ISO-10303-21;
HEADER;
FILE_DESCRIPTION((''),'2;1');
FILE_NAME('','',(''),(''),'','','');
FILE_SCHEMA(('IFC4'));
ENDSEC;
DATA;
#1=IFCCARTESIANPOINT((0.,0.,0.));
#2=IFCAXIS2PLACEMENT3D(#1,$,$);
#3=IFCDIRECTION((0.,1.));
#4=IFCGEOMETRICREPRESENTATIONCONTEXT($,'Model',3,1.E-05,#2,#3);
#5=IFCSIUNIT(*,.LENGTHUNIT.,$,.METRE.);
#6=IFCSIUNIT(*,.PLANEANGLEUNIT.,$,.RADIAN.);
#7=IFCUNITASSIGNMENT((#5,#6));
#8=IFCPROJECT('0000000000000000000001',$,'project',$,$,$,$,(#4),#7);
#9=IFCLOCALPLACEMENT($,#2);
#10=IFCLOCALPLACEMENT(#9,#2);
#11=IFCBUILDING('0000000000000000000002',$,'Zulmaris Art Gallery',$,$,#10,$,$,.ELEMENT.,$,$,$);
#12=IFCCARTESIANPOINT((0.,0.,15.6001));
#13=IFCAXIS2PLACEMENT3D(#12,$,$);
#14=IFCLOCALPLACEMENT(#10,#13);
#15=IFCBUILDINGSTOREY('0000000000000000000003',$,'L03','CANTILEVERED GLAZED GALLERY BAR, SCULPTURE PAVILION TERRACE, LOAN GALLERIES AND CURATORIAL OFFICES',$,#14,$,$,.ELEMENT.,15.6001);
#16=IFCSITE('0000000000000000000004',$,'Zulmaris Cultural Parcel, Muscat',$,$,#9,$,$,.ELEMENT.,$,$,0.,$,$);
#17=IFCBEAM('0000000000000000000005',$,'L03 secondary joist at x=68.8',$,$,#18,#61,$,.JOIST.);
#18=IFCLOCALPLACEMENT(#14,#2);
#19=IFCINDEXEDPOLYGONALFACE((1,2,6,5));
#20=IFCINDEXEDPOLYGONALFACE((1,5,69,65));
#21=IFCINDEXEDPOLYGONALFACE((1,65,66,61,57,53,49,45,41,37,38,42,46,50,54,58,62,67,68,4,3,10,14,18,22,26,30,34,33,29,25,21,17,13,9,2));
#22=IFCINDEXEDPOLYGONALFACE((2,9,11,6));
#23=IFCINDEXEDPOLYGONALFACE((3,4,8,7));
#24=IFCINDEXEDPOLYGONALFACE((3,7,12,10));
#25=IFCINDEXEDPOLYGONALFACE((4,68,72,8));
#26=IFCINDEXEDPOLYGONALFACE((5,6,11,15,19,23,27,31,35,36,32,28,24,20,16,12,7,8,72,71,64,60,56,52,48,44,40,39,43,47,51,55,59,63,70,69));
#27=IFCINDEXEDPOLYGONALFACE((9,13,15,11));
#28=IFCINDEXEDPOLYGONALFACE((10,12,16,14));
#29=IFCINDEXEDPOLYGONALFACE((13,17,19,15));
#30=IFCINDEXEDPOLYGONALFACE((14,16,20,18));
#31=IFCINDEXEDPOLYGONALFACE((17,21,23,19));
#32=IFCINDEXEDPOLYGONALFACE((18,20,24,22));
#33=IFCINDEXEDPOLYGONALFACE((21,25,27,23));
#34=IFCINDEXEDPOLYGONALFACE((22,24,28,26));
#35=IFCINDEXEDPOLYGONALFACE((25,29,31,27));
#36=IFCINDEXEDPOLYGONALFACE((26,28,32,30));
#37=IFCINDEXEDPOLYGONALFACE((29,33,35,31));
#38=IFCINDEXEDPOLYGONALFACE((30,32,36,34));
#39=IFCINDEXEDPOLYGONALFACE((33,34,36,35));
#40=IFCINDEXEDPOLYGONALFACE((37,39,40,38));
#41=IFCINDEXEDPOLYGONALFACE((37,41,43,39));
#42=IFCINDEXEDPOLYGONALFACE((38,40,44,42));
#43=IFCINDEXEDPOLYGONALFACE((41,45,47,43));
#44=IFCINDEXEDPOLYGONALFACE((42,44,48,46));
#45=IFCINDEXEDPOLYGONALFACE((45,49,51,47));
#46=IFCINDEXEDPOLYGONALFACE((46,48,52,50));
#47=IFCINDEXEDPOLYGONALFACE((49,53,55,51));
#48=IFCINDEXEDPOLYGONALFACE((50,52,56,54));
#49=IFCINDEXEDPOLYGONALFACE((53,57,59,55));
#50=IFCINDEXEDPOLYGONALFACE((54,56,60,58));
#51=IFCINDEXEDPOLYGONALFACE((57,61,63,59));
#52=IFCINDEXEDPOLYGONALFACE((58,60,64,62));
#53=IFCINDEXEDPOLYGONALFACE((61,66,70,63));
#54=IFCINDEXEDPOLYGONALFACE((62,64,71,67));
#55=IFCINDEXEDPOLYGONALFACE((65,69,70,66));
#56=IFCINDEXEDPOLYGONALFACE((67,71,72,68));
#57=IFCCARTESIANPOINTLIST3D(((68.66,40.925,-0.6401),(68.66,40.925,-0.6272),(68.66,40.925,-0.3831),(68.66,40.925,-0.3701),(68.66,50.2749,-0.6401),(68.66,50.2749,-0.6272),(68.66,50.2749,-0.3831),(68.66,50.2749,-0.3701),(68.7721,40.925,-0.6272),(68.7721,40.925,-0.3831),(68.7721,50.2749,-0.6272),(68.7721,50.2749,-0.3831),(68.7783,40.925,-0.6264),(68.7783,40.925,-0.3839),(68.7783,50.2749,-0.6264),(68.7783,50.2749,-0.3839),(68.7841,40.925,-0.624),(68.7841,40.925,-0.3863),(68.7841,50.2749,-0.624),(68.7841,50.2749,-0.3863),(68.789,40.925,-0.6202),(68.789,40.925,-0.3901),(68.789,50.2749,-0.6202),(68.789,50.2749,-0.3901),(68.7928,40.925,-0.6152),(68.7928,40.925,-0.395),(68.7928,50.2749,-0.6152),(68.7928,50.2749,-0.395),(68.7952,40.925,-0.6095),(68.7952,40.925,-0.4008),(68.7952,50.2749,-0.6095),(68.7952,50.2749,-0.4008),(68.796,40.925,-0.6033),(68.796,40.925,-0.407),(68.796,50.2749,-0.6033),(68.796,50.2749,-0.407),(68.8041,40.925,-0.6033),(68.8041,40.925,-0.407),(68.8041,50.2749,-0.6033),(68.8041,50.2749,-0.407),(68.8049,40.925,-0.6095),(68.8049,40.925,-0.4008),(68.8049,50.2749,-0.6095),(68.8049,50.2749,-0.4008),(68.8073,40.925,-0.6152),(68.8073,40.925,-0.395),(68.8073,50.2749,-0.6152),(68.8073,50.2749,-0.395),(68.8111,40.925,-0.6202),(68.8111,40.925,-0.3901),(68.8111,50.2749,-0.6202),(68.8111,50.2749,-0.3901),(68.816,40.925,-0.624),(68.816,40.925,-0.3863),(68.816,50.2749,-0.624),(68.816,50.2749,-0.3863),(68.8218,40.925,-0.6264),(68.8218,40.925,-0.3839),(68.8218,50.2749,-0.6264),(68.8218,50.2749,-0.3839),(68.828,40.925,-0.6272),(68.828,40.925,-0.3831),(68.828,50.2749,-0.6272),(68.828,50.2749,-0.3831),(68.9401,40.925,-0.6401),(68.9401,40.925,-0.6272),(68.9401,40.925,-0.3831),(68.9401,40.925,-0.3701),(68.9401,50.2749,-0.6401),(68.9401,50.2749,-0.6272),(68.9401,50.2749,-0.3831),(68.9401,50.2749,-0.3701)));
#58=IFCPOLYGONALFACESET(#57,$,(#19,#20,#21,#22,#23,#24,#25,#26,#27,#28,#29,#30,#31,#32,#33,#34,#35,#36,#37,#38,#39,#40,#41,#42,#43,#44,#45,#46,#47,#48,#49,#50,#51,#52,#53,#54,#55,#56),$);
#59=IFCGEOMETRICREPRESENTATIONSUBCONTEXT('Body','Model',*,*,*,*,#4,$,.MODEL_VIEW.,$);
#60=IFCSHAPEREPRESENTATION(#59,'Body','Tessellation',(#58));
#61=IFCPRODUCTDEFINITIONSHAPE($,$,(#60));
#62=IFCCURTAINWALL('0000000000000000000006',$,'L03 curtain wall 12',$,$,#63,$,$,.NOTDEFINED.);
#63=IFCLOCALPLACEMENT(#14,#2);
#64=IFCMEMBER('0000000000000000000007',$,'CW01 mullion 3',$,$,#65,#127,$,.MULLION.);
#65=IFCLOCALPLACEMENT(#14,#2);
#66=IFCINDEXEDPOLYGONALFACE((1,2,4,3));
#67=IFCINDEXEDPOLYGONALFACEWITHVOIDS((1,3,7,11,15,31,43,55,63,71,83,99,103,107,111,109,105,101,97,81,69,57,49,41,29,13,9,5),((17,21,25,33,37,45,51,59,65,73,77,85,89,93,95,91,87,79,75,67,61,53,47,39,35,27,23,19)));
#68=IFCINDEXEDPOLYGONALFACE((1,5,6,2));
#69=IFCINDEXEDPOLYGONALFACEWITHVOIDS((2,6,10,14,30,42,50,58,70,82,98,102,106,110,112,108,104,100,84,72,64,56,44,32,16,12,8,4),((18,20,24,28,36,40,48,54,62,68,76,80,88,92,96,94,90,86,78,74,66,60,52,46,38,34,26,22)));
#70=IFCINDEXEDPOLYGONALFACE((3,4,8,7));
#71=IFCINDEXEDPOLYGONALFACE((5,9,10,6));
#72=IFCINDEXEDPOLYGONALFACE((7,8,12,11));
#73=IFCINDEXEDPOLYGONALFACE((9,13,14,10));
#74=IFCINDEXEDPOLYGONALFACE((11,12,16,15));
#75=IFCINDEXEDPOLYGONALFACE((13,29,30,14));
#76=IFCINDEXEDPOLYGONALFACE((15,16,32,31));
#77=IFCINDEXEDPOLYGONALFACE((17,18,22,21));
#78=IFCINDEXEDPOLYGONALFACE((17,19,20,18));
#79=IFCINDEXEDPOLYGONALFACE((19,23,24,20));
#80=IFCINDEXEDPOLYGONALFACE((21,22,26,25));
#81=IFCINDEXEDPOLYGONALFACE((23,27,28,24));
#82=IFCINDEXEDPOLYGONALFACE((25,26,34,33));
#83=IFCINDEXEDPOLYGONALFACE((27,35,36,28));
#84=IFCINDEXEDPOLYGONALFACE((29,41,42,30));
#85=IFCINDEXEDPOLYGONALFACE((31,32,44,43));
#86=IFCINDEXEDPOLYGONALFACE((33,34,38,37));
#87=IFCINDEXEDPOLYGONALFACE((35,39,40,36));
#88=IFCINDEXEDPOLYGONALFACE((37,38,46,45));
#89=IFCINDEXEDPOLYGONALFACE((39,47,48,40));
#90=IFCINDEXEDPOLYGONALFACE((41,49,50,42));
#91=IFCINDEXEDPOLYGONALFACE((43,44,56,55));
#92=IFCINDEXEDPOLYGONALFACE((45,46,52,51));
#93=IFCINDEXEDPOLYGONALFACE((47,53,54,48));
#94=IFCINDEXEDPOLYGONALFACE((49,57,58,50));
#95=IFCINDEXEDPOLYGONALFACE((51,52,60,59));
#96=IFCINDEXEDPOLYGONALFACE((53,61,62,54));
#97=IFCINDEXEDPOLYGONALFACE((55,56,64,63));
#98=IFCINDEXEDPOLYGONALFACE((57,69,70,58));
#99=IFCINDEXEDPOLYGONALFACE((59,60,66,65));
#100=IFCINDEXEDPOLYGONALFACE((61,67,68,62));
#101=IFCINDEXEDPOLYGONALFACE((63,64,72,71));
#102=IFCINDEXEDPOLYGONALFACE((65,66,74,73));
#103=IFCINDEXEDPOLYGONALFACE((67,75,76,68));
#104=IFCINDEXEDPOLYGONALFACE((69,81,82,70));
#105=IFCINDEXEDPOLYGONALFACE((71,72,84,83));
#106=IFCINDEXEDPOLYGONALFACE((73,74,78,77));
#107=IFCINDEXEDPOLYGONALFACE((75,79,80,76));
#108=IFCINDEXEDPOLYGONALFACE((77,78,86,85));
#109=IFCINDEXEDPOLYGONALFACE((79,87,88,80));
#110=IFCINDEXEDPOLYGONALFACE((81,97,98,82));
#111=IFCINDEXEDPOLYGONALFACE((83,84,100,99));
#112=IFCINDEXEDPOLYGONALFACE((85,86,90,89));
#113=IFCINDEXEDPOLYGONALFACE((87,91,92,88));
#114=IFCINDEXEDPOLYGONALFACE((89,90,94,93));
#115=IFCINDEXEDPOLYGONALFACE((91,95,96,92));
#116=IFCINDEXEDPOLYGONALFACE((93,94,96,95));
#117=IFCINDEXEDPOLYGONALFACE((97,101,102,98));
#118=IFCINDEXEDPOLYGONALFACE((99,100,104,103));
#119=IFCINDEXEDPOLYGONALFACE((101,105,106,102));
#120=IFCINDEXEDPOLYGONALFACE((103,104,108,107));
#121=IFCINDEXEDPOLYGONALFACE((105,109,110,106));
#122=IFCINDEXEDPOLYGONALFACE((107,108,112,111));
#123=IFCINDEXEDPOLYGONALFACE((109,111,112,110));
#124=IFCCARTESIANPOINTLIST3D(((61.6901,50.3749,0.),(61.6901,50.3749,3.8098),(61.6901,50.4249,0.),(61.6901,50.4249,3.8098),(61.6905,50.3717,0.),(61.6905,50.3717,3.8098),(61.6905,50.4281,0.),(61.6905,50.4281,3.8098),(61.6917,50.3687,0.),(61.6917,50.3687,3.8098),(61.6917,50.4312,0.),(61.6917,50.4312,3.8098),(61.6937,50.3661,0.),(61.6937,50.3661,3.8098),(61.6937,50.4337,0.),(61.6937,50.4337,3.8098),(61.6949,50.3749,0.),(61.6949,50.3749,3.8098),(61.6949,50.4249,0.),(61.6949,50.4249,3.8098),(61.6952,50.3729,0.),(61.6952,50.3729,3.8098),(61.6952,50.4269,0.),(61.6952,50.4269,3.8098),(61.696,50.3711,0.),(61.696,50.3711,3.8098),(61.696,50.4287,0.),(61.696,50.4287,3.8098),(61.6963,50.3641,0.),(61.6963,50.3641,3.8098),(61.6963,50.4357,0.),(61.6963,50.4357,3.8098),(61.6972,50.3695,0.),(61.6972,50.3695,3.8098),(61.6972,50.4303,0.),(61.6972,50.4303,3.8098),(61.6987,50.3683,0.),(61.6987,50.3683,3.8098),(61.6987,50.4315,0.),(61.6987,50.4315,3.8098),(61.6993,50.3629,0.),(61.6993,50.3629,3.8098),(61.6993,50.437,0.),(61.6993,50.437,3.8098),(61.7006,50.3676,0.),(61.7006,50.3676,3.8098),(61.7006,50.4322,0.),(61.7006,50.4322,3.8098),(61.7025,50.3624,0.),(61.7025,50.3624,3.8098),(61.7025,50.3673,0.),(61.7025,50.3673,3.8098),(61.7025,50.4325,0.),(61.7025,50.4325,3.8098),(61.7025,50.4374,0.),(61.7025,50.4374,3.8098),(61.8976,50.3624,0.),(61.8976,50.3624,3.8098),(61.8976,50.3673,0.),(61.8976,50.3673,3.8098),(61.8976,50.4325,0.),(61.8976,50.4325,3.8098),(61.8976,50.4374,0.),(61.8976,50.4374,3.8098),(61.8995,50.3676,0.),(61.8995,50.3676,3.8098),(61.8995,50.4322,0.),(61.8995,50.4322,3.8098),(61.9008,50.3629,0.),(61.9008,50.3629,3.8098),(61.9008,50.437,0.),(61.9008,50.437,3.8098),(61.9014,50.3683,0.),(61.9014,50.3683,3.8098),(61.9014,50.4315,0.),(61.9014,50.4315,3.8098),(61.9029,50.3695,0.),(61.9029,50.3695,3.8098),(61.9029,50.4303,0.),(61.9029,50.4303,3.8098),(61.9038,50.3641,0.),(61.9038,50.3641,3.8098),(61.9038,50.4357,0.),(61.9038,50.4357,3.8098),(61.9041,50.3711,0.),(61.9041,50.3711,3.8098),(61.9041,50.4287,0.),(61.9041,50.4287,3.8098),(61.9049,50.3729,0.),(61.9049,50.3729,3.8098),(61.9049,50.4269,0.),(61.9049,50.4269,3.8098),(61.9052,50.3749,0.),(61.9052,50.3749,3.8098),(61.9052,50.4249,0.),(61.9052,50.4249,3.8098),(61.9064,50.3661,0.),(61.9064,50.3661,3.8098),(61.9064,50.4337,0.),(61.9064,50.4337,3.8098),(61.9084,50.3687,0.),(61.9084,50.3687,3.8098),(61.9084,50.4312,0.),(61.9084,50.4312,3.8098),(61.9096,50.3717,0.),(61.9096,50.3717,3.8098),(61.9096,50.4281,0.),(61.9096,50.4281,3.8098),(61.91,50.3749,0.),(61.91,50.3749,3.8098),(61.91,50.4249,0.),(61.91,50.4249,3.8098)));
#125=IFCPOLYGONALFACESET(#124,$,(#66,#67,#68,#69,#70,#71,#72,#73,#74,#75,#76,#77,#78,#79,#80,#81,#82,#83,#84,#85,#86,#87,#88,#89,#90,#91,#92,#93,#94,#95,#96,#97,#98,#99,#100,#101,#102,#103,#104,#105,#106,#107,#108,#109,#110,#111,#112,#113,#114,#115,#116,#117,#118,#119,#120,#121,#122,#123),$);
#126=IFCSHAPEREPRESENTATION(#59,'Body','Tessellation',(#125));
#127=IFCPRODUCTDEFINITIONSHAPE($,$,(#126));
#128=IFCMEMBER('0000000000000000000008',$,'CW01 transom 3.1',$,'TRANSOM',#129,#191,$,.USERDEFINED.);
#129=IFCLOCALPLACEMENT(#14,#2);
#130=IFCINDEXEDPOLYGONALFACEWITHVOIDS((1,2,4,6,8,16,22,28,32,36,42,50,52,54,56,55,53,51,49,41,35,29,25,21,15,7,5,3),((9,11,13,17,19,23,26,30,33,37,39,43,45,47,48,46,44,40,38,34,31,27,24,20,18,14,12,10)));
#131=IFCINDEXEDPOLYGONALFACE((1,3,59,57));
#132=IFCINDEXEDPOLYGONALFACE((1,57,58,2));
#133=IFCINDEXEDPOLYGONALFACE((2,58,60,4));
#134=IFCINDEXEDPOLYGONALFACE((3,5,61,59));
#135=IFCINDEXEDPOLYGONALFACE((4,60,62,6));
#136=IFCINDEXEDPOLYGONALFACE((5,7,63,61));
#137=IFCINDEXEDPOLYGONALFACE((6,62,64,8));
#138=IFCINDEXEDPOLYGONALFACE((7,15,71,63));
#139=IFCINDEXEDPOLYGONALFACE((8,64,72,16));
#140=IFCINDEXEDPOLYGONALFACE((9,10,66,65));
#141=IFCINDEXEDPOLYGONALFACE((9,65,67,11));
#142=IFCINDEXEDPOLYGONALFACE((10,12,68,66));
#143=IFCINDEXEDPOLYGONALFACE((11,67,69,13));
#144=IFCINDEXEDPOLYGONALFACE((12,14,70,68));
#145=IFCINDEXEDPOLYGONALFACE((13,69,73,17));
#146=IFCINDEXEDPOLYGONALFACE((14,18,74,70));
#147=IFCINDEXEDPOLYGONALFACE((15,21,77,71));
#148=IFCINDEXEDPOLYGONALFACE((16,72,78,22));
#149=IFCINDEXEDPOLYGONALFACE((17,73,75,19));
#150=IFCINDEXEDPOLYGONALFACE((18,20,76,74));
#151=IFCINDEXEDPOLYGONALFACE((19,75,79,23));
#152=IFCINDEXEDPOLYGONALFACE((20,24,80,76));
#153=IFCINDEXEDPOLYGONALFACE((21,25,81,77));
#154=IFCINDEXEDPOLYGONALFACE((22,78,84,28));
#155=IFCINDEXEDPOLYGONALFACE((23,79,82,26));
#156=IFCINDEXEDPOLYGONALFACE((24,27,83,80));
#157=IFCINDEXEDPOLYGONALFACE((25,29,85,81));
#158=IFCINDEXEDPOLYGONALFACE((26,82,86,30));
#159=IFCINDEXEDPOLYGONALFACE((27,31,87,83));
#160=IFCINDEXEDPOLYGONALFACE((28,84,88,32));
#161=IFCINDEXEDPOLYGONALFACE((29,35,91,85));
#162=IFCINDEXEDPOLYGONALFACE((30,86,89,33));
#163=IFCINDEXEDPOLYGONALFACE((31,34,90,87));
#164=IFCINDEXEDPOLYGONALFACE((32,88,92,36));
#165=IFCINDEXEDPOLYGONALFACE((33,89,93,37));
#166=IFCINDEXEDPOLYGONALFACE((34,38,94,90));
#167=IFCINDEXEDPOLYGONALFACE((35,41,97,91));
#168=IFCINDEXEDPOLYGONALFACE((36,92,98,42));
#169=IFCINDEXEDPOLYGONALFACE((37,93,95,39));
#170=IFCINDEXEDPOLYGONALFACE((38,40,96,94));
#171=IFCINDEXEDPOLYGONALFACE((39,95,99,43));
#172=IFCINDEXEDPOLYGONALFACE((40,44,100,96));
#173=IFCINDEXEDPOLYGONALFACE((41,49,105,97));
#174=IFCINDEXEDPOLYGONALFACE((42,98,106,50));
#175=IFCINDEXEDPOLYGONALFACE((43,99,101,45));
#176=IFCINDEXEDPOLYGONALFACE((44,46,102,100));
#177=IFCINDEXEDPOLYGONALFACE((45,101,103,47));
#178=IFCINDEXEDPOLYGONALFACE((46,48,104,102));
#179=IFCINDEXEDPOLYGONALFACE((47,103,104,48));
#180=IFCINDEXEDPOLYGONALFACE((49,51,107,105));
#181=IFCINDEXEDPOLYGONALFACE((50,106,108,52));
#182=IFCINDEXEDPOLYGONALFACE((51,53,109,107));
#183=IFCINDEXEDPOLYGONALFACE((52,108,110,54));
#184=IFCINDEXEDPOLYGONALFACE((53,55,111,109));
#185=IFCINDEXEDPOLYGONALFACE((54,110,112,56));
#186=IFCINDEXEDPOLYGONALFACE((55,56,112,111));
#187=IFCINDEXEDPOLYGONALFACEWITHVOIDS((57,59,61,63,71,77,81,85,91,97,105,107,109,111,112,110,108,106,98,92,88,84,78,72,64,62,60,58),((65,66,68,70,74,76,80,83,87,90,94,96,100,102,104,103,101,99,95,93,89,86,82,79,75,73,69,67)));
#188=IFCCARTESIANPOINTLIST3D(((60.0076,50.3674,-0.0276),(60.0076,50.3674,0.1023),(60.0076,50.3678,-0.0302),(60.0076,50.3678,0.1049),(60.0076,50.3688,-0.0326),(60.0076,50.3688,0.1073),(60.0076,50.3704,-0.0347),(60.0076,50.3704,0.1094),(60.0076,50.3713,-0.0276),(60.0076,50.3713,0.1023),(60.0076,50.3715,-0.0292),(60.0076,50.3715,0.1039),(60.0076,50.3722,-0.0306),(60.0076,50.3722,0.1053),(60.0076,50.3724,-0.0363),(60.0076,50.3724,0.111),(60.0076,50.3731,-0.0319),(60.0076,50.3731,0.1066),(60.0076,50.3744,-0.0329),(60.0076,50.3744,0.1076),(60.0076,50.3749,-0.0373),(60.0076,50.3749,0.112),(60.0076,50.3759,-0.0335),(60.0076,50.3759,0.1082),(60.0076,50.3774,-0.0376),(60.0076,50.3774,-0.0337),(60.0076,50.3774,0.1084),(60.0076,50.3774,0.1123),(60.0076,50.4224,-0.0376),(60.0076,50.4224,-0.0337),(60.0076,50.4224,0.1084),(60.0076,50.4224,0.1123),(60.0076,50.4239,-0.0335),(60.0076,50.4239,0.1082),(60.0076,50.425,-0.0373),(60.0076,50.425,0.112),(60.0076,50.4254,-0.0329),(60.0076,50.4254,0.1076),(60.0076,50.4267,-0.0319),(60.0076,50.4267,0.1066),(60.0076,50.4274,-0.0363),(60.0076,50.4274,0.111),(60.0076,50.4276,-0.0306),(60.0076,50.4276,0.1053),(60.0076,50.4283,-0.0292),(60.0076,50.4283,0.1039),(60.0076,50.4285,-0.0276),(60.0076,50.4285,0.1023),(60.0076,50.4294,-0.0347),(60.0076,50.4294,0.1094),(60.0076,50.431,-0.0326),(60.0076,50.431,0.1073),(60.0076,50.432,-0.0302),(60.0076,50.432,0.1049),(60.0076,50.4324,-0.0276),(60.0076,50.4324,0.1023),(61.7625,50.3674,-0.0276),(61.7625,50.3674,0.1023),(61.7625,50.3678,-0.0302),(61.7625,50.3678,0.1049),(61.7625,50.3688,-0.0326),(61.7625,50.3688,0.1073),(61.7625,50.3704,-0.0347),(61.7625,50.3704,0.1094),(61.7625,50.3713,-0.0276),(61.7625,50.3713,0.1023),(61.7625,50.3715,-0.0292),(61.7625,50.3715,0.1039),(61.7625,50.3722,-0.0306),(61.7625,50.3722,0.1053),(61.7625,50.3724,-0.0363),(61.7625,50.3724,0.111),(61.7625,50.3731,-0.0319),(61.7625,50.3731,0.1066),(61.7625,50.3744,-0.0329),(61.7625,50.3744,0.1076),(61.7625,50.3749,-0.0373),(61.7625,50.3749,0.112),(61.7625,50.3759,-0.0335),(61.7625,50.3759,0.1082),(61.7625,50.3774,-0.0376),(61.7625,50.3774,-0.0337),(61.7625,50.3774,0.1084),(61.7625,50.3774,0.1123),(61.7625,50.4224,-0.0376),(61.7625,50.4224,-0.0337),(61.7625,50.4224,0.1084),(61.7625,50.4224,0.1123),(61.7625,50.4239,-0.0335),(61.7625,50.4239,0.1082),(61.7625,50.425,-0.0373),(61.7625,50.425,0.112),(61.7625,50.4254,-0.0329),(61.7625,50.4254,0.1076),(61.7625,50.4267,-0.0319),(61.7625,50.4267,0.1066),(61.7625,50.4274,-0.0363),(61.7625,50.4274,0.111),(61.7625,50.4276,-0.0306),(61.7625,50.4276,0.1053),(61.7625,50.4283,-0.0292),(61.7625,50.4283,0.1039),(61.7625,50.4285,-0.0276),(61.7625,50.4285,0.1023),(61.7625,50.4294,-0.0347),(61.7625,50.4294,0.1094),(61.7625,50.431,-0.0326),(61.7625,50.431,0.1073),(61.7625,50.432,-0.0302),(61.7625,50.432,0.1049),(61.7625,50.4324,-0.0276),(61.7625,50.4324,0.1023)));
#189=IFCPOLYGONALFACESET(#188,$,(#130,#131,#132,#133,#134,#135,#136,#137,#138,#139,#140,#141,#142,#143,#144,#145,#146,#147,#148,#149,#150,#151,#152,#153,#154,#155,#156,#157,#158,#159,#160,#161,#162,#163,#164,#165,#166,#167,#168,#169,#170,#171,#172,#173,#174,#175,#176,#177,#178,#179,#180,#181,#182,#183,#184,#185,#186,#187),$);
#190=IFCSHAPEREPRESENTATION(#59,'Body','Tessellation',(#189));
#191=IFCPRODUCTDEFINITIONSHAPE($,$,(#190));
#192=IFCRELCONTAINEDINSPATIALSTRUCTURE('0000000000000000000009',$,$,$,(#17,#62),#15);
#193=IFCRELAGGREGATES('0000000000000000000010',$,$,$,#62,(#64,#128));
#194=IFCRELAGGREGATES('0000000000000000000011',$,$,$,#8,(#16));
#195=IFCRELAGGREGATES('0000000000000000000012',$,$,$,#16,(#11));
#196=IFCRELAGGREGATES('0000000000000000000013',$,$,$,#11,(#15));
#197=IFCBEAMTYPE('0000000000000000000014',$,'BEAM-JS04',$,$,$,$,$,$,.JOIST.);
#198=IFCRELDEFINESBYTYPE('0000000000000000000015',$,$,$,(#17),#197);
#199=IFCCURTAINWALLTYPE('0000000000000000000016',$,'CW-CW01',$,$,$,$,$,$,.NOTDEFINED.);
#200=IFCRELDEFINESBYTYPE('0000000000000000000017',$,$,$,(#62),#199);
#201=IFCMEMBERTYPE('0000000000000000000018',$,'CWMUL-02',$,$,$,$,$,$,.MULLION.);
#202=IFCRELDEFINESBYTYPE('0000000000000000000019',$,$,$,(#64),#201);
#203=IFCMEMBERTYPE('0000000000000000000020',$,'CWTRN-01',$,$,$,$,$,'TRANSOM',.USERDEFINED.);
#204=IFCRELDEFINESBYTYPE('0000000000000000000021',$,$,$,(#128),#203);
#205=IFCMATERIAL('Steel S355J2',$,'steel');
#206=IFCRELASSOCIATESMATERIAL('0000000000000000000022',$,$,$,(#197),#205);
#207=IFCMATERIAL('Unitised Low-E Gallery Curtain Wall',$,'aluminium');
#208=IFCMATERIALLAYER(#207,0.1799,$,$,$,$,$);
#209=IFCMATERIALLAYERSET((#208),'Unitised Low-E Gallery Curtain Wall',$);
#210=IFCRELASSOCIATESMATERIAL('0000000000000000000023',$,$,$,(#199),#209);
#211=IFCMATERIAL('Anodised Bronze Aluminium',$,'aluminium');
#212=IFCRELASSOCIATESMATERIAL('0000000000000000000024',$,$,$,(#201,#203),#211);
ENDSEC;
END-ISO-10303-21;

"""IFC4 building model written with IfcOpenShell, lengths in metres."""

from ifc_helpers import new_model, si_unit, direction, frame, origin, origin_2d, place, context, subcontext, project, spatial, hollow_rectangle, i_section, extrude, material, layer, layer_set, material_profile, profile_set, type_object, element, aggregate, save


model = new_model("IFC4")

# Units and contexts
model_context = context("Model", 3, precision=1e-05, world=origin(), true_north=direction((0.0, 1.0)))
body_context = subcontext(model_context, "Body", "Model", "MODEL_VIEW")
ifc_project = project(units=[si_unit("LENGTHUNIT", "METRE"), si_unit("PLANEANGLEUNIT", "RADIAN")], contexts=[model_context])

# Site, building, storey
site_placement = place(None, origin())
site = spatial("IfcSite", under=ifc_project, at=site_placement, Name="Zulmaris Cultural Parcel, Muscat", CompositionType="ELEMENT", RefElevation=0.0)
building_placement = place(site_placement, origin())
building = spatial("IfcBuilding", under=site, at=building_placement, Name="Zulmaris Art Gallery", CompositionType="ELEMENT")
storey_placement = place(building_placement, frame((0.0, 0.0, 15.6001)))
storey = spatial("IfcBuildingStorey", under=building, at=storey_placement, Name="L03", Description="CANTILEVERED GLAZED GALLERY BAR, SCULPTURE PAVILION TERRACE, LOAN GALLERIES AND CURATORIAL OFFICES", CompositionType="ELEMENT", Elevation=15.6001)

# Beam
ifc_material_1 = material(Name="Steel S355J2", Category="steel")
ifc_material_profile_1 = material_profile(ifc_material_1, i_section(OverallWidth=0.28, OverallDepth=0.27, WebThickness=0.0081, FlangeThickness=0.0129, FilletRadius=0.0239, at=origin_2d()), Name="HEA 280")
ifc_profile_set_1 = profile_set([ifc_material_profile_1], Name="Steel S355J2")
beam_type_1 = type_object("IfcBeamType", Name="BEAM-JS04", PredefinedType="JOIST", material=ifc_profile_set_1)
for number, where, z_axis, x_axis, name in (
    (1, (68.8, 40.925, -0.5051), (0.0, 1.0, 0.0), (-1.0, 0.0, 0.0), "L03 secondary joist at x=68.8"),
):
    element("IfcBeam", number, at=place(storey_placement, frame(where, z_axis=z_axis, x_axis=x_axis)), inside=storey, type_object=beam_type_1, Name=name, PredefinedType="JOIST", context=body_context, shape_type="SweptSolid", body=[
        extrude(i_section(OverallWidth=0.28, OverallDepth=0.27, WebThickness=0.0081, FlangeThickness=0.0129, FilletRadius=0.0239, at=origin_2d()), origin(), (0.0, 0.0, 1.0), 9.3499),
    ])

# Curtain wall, members
ifc_material_2 = material(Name="Unitised Low-E Gallery Curtain Wall", Category="aluminium")
ifc_layer_1 = layer(ifc_material_2, 0.1799)
ifc_layer_set_1 = layer_set([ifc_layer_1], Name="Unitised Low-E Gallery Curtain Wall")
curtain_wall_type = type_object("IfcCurtainWallType", Name="CW-CW01", PredefinedType="NOTDEFINED", material=ifc_layer_set_1)
curtain_wall_placement = place(storey_placement, origin())
curtain_wall = element("IfcCurtainWall", 2, at=curtain_wall_placement, inside=storey, type_object=curtain_wall_type, Name="L03 curtain wall 12", PredefinedType="NOTDEFINED")
ifc_material_3 = material(Name="Anodised Bronze Aluminium", Category="aluminium")
ifc_material_profile_2 = material_profile(ifc_material_3, hollow_rectangle(XDim=0.075, YDim=0.22, WallThickness=0.0049, InnerFilletRadius=0.0076, OuterFilletRadius=0.0125, at=origin_2d()), Name="ALU 75x220x5")
ifc_profile_set_2 = profile_set([ifc_material_profile_2], Name="Anodised Bronze Aluminium")
member_type_1 = type_object("IfcMemberType", Name="CWMUL-02", PredefinedType="MULLION", material=ifc_profile_set_2)
member_1_placement = place(storey_placement, frame((61.8, 50.3999, 0.0), z_axis=(0.0, 0.0, 1.0), x_axis=(0.0, -1.0, 0.0)))
member_1 = element("IfcMember", 3, at=member_1_placement, type_object=member_type_1, Name="CW01 mullion 3", PredefinedType="MULLION", context=body_context, shape_type="SweptSolid", body=[
    extrude(hollow_rectangle(XDim=0.075, YDim=0.22, WallThickness=0.0049, InnerFilletRadius=0.0076, OuterFilletRadius=0.0125, at=origin_2d()), origin(), (0.0, 0.0, 1.0), 3.8098),
])
ifc_material_profile_3 = material_profile(ifc_material_3, hollow_rectangle(XDim=0.0649, YDim=0.1499, WallThickness=0.0039, InnerFilletRadius=0.0061, OuterFilletRadius=0.01, at=origin_2d()), Name="ALU 65x150x4")
ifc_profile_set_3 = profile_set([ifc_material_profile_3], Name="Anodised Bronze Aluminium")
member_type_2 = type_object("IfcMemberType", Name="CWTRN-01", ElementType="TRANSOM", PredefinedType="USERDEFINED", material=ifc_profile_set_3)
member_2_placement = place(storey_placement, frame((61.7625, 50.3999, 0.0374), z_axis=(-1.0, 0.0, 0.0), x_axis=(0.0, -1.0, 0.0)))
member_2 = element("IfcMember", 4, at=member_2_placement, type_object=member_type_2, Name="CW01 transom 3.1", ObjectType="TRANSOM", PredefinedType="USERDEFINED", context=body_context, shape_type="SweptSolid", body=[
    extrude(hollow_rectangle(XDim=0.0649, YDim=0.1499, WallThickness=0.0039, InnerFilletRadius=0.0061, OuterFilletRadius=0.01, at=origin_2d()), origin(), (0.0, 0.0, 1.0), 1.7549),
])
aggregate(curtain_wall, [member_1, member_2])

save(model, "model.ifc")
